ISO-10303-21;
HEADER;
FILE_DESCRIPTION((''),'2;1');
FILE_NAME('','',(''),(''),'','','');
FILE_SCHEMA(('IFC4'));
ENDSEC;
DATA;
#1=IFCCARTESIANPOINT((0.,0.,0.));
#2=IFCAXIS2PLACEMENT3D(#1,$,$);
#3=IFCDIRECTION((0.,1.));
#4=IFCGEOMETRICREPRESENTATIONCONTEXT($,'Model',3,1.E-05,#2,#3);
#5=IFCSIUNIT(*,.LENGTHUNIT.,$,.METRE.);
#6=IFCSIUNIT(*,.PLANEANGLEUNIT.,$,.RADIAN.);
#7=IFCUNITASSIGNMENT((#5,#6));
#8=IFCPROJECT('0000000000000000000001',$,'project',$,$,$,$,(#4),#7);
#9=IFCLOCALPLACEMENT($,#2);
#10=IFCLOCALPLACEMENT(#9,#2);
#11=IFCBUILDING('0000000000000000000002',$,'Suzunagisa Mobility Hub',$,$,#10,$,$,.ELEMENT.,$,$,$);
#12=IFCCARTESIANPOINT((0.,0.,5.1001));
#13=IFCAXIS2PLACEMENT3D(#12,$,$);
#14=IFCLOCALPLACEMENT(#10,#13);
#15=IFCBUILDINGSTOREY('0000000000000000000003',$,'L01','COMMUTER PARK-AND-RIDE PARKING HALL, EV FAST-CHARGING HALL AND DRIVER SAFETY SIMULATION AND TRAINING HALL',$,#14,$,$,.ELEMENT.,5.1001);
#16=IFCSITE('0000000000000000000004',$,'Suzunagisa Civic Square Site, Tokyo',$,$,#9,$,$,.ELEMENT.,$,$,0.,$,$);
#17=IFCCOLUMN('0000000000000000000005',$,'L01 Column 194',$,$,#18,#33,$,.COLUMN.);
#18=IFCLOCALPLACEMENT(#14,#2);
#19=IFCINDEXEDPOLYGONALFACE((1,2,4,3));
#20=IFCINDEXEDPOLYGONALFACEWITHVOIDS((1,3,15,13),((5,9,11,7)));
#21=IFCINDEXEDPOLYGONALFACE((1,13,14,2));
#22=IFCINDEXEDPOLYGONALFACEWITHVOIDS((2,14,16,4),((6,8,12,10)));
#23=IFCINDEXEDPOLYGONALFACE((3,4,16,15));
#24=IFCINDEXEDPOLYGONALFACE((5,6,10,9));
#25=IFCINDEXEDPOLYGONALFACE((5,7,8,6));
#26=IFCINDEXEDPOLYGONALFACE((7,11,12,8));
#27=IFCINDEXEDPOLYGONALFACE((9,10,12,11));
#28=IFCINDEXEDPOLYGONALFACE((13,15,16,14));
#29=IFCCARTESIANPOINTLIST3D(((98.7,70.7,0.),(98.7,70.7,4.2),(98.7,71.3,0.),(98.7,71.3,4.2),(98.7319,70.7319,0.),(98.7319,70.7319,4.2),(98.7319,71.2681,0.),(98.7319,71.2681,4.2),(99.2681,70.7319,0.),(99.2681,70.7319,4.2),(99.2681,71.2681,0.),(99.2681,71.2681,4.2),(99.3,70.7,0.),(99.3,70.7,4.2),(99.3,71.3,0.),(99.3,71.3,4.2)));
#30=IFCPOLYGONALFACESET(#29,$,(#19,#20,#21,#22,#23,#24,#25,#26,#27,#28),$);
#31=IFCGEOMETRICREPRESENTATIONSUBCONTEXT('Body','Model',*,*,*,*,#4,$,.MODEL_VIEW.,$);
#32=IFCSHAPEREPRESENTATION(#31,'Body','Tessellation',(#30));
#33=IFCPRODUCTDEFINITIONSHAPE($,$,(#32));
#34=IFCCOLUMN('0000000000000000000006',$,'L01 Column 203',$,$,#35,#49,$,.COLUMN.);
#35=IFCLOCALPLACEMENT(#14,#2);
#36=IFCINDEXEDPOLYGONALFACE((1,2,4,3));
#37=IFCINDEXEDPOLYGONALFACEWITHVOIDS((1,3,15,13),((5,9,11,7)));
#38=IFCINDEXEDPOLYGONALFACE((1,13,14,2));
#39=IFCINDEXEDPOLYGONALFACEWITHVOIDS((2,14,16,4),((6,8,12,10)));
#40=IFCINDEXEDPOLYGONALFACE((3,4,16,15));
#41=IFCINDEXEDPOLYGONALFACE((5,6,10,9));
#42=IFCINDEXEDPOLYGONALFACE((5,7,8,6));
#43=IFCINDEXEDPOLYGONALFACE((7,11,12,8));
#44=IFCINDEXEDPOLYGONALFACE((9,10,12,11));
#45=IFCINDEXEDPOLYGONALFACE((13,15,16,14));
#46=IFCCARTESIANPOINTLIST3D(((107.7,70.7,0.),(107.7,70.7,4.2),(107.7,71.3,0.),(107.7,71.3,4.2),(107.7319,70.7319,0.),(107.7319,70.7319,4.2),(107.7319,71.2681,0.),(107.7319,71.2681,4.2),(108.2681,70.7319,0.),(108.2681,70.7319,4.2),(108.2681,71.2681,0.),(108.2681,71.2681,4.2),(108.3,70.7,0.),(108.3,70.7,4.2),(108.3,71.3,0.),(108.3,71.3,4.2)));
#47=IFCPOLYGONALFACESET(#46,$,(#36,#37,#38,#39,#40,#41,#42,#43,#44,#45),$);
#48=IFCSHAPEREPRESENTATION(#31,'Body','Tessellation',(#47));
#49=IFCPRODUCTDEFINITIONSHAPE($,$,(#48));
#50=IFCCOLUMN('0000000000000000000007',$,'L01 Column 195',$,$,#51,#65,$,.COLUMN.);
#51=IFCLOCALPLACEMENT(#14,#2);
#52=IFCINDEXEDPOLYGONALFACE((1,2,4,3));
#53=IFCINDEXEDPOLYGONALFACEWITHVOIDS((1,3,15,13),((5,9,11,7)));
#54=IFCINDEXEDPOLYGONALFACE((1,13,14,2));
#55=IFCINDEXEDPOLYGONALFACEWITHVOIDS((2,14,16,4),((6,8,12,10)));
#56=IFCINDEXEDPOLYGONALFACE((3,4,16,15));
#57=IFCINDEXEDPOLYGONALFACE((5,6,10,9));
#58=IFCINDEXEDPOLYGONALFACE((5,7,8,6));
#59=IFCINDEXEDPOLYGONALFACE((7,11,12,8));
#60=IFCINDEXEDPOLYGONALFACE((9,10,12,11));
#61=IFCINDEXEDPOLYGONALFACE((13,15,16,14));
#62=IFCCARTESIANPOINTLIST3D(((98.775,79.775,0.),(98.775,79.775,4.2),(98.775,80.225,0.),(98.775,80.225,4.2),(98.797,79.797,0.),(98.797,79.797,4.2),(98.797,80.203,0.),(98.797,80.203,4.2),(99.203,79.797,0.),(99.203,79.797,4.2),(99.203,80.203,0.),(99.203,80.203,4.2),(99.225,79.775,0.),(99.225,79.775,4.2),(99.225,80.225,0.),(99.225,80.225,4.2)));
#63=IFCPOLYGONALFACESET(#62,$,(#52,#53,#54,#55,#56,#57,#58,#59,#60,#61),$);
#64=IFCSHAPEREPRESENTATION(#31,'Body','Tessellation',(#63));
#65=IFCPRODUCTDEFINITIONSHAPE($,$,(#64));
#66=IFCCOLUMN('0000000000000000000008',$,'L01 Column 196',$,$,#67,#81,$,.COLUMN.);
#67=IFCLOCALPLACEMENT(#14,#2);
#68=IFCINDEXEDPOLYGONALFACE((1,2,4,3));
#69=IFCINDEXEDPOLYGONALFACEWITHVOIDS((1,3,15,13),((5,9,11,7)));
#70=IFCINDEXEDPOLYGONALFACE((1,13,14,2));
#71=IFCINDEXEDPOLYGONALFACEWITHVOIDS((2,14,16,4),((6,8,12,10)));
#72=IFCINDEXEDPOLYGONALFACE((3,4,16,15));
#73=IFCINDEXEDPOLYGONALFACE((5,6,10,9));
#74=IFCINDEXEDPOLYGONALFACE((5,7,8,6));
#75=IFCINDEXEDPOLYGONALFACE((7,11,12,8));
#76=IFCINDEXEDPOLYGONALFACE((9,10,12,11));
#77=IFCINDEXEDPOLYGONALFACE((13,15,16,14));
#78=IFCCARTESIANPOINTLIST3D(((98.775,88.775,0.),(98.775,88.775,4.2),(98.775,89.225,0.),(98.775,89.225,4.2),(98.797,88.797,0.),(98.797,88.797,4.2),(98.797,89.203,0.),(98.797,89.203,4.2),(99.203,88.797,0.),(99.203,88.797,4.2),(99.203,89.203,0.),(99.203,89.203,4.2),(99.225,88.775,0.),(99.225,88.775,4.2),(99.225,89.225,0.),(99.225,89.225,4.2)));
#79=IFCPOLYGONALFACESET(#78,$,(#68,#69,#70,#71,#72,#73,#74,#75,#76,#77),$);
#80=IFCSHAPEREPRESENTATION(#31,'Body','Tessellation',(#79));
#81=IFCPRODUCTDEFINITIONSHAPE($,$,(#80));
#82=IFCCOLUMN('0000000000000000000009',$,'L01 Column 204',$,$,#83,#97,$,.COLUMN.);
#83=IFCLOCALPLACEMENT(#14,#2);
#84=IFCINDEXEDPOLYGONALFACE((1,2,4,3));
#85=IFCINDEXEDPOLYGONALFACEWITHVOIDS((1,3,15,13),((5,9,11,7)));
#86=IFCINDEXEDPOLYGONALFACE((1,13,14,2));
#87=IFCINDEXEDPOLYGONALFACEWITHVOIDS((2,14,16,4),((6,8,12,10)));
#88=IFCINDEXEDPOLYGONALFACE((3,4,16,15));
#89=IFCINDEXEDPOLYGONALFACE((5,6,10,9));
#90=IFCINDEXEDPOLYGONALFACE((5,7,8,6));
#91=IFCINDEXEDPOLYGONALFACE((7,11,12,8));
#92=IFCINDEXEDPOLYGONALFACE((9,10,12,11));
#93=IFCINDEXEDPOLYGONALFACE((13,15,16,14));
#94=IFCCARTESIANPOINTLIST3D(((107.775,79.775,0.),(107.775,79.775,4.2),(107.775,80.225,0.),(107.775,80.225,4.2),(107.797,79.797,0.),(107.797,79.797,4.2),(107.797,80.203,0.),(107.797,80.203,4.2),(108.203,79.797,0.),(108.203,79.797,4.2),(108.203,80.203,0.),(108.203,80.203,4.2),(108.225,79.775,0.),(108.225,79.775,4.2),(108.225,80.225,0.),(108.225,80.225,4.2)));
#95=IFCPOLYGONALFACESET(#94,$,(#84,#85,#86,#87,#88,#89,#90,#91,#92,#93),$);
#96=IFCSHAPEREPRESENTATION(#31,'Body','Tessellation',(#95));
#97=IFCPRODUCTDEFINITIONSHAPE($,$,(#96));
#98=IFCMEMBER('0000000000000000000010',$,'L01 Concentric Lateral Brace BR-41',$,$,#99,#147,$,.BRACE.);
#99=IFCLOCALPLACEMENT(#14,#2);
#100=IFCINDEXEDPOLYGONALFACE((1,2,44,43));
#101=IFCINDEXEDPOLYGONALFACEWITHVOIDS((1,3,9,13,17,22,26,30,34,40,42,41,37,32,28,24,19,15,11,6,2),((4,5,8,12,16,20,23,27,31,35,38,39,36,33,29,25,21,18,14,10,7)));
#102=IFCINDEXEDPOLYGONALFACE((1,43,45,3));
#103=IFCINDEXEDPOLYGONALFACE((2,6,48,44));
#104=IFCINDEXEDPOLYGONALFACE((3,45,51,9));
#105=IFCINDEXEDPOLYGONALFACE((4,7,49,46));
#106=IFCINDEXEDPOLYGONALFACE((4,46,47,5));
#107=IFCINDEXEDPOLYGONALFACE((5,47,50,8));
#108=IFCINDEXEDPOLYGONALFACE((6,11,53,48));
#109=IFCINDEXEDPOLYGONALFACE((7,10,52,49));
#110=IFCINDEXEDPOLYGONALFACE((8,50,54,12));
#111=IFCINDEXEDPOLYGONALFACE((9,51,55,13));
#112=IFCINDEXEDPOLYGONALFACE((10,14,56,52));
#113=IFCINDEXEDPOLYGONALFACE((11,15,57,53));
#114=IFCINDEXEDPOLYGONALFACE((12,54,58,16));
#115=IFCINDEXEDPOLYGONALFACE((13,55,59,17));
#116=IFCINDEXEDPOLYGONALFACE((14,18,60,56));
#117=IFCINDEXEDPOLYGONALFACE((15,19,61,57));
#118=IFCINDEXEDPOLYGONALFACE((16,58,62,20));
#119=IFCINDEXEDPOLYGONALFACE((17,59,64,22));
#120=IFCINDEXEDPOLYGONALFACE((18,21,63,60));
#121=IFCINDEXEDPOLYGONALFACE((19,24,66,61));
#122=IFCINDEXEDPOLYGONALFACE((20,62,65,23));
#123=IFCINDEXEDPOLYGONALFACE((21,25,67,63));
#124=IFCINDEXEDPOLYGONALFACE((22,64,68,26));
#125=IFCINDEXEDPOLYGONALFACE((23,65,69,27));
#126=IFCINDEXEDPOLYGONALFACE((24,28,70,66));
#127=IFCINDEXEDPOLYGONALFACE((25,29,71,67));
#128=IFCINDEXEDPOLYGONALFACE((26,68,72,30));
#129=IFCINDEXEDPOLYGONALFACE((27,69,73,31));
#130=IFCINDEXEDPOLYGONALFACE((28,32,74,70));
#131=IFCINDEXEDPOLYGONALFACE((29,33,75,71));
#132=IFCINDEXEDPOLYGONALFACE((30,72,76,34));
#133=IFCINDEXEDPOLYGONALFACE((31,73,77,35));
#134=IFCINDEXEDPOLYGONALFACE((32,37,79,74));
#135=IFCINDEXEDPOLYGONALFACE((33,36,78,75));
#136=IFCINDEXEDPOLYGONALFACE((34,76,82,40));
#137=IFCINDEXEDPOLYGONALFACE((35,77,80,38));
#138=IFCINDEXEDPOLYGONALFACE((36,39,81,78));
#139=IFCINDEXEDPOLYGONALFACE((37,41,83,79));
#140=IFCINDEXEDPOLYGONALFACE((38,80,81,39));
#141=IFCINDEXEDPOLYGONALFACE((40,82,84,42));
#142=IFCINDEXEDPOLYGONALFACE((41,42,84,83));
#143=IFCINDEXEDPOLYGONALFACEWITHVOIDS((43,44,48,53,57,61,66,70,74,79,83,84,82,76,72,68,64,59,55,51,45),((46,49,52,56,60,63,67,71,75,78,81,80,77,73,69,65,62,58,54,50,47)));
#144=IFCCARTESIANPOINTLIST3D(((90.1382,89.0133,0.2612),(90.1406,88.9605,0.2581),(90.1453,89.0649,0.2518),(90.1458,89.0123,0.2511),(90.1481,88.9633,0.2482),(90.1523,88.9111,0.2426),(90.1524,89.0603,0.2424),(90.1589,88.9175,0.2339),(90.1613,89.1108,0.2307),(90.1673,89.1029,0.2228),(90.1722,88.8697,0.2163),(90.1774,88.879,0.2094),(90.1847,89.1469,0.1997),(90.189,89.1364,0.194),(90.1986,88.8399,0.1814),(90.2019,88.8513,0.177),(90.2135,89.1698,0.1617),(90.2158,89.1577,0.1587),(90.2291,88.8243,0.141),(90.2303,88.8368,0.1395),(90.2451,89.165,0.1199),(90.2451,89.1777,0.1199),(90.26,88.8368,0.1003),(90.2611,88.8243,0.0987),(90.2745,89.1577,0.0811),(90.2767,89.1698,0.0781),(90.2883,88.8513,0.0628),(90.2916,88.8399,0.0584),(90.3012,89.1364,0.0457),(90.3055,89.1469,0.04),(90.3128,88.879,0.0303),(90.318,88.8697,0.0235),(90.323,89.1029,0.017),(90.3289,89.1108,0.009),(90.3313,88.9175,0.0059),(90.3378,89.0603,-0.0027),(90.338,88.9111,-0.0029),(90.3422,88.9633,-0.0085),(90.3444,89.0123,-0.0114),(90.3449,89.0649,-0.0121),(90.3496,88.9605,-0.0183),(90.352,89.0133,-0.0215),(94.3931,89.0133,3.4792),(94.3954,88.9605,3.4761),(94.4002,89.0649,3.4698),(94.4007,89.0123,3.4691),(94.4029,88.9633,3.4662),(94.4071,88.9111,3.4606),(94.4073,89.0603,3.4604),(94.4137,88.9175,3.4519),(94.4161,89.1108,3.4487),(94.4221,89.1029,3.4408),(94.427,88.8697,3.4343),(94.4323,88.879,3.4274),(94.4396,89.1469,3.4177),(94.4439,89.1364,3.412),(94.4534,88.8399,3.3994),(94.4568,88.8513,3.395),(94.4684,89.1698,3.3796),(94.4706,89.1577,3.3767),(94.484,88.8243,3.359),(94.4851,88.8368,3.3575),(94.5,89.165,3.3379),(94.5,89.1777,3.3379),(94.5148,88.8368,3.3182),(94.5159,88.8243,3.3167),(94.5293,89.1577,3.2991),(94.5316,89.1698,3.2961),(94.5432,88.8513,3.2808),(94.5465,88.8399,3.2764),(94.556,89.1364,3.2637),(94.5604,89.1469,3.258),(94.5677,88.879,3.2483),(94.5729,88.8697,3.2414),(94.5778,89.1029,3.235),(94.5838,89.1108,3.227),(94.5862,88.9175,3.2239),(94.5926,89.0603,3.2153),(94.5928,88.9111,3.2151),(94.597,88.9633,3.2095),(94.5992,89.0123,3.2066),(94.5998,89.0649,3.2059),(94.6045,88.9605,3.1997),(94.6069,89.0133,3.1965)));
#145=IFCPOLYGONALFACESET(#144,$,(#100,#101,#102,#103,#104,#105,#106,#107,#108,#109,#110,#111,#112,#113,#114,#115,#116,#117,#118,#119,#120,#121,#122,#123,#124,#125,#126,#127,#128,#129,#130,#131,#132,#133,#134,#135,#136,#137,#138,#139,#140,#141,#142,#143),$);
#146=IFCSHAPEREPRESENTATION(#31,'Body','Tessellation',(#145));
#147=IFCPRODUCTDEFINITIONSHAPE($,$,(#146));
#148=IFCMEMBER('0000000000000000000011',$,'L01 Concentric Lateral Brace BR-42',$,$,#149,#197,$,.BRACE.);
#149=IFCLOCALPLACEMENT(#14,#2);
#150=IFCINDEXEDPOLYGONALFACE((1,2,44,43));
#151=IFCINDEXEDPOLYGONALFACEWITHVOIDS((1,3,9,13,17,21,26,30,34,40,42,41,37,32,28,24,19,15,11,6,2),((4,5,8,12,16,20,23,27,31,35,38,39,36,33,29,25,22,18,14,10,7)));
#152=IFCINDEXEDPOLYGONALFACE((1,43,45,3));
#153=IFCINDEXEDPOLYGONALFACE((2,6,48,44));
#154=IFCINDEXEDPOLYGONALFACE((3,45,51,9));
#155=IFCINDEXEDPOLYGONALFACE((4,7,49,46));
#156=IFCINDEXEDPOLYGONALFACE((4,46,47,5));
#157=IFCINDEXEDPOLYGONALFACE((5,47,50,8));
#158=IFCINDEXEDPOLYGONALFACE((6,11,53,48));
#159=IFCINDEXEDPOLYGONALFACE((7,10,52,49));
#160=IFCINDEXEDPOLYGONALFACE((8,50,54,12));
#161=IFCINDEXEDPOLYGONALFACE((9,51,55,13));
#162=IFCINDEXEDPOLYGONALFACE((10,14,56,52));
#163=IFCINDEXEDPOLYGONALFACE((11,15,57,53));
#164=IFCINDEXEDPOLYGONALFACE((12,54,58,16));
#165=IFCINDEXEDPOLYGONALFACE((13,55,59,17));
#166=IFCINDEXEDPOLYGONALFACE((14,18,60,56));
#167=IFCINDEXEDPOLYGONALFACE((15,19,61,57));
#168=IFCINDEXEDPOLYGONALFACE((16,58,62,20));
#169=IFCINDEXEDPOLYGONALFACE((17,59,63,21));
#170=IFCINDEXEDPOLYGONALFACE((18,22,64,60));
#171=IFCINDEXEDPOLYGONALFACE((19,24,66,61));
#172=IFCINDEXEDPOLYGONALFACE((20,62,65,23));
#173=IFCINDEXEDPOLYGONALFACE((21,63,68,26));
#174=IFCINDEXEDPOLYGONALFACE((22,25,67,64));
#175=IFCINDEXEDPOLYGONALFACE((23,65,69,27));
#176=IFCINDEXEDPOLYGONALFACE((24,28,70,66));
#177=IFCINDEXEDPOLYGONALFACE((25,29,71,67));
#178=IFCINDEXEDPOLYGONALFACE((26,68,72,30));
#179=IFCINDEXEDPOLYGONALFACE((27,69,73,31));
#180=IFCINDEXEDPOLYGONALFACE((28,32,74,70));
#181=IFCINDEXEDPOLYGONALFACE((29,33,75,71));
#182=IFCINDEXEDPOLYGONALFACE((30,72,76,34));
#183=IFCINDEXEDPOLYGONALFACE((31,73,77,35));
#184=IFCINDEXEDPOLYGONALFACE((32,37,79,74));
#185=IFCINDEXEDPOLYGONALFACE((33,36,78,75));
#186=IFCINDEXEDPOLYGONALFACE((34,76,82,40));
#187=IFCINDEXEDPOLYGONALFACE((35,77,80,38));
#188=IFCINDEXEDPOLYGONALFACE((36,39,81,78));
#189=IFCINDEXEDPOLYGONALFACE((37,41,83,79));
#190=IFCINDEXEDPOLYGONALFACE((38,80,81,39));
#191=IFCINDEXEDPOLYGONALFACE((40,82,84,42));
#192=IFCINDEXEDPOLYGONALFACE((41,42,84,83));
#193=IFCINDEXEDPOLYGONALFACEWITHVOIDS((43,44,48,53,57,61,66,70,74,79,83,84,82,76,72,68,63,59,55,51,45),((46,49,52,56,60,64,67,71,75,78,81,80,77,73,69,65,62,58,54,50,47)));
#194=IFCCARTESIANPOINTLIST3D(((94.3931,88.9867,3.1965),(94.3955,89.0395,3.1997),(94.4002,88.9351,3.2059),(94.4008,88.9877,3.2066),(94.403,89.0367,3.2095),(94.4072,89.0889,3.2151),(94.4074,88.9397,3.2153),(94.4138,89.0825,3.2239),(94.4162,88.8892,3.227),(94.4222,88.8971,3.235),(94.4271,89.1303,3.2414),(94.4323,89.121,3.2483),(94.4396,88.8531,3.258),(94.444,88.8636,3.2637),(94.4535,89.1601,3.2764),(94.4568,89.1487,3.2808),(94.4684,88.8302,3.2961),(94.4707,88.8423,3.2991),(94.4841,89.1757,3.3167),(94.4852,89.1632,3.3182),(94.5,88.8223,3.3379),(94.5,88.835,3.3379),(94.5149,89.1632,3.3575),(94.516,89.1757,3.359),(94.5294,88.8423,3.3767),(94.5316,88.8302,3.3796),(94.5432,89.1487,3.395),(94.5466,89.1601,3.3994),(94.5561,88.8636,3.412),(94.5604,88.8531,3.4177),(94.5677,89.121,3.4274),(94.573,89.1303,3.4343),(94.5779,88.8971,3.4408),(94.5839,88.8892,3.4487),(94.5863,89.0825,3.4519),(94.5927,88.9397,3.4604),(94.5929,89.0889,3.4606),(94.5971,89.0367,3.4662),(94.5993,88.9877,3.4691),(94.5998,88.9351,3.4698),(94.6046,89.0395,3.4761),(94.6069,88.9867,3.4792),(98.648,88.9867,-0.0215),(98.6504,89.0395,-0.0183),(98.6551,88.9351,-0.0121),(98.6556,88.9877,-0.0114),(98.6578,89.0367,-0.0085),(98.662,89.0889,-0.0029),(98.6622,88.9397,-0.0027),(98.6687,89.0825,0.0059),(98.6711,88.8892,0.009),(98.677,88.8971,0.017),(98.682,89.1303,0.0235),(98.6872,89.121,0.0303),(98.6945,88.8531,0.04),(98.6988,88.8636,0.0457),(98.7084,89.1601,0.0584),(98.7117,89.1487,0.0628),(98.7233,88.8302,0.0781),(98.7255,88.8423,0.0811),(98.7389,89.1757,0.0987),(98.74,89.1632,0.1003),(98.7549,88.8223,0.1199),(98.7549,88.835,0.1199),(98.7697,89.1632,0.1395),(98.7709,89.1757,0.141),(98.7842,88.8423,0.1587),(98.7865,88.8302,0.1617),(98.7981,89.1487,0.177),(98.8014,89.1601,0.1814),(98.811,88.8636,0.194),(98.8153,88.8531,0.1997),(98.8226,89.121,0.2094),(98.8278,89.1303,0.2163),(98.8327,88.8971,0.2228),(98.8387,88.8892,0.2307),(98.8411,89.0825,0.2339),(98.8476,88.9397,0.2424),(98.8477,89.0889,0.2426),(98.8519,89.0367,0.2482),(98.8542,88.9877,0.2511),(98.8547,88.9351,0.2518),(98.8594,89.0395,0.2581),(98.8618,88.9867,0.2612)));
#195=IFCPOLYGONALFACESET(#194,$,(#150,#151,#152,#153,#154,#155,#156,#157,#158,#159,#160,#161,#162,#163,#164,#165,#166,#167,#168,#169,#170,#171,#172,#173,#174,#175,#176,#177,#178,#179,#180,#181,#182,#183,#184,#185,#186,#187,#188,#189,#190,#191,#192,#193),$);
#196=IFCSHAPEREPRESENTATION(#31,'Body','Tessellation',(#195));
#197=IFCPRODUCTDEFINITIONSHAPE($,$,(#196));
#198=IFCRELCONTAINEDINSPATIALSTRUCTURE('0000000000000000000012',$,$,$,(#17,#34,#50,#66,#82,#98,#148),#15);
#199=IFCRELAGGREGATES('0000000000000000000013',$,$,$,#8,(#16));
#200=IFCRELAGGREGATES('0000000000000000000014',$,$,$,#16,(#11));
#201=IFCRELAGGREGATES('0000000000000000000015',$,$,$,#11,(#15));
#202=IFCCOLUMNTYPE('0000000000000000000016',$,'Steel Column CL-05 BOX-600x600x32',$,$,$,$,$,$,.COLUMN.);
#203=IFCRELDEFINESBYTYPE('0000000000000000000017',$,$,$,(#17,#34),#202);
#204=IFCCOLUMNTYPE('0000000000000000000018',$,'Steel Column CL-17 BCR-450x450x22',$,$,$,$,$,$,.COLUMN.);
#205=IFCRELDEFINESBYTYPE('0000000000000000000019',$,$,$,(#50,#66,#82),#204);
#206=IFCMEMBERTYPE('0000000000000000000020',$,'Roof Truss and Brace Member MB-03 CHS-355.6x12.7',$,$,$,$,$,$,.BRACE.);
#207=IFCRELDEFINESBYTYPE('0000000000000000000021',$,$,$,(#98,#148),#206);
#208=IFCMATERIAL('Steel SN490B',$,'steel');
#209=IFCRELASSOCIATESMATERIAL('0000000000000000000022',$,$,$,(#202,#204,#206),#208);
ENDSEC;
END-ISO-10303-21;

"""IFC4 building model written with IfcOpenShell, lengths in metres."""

from ifc_helpers import new_model, si_unit, direction, frame, origin, origin_2d, place, context, subcontext, project, spatial, hollow_rectangle, hollow_circle, extrude, material, material_profile, profile_set, type_object, element, save


model = new_model("IFC4")

# Units and contexts
model_context = context("Model", 3, precision=1e-05, world=origin(), true_north=direction((0.0, 1.0)))
body_context = subcontext(model_context, "Body", "Model", "MODEL_VIEW")
ifc_project = project(units=[si_unit("LENGTHUNIT", "METRE"), si_unit("PLANEANGLEUNIT", "RADIAN")], contexts=[model_context])

# Site, building, storey
site_placement = place(None, origin())
site = spatial("IfcSite", under=ifc_project, at=site_placement, Name="Suzunagisa Civic Square Site, Tokyo", CompositionType="ELEMENT", RefElevation=0.0)
building_placement = place(site_placement, origin())
building = spatial("IfcBuilding", under=site, at=building_placement, Name="Suzunagisa Mobility Hub", CompositionType="ELEMENT")
storey_placement = place(building_placement, frame((0.0, 0.0, 5.1001)))
storey = spatial("IfcBuildingStorey", under=building, at=storey_placement, Name="L01", Description="COMMUTER PARK-AND-RIDE PARKING HALL, EV FAST-CHARGING HALL AND DRIVER SAFETY SIMULATION AND TRAINING HALL", CompositionType="ELEMENT", Elevation=5.1001)

# Columns
ifc_material_1 = material(Name="Steel SN490B", Category="steel")
ifc_material_profile_1 = material_profile(ifc_material_1, hollow_rectangle(XDim=0.6001, YDim=0.6001, WallThickness=0.032, at=origin_2d()), Name="BOX-600x600x32")
ifc_profile_set_1 = profile_set([ifc_material_profile_1], Name="Steel SN490B")
column_type_1 = type_object("IfcColumnType", Name="Steel Column CL-05 BOX-600x600x32", PredefinedType="COLUMN", material=ifc_profile_set_1)
for number, where, z_axis, x_axis, name in (
    (1, (99.0, 71.0, 0.0), (0.0, 0.0, 1.0), (1.0, 0.0, 0.0), "L01 Column 194"),
    (2, (108.0, 71.0, 0.0), (0.0, 0.0, 1.0), (1.0, 0.0, 0.0), "L01 Column 203"),
):
    element("IfcColumn", number, at=place(storey_placement, frame(where, z_axis=z_axis, x_axis=x_axis)), inside=storey, type_object=column_type_1, Name=name, PredefinedType="COLUMN", context=body_context, shape_type="SweptSolid", body=[
        extrude(hollow_rectangle(XDim=0.6001, YDim=0.6001, WallThickness=0.032, at=origin_2d()), origin(), (0.0, 0.0, 1.0), 4.2),
    ])
ifc_material_profile_2 = material_profile(ifc_material_1, hollow_rectangle(XDim=0.45, YDim=0.45, WallThickness=0.022, at=origin_2d()), Name="BCR-450x450x22")
ifc_profile_set_2 = profile_set([ifc_material_profile_2], Name="Steel SN490B")
column_type_2 = type_object("IfcColumnType", Name="Steel Column CL-17 BCR-450x450x22", PredefinedType="COLUMN", material=ifc_profile_set_2)
for number, where, z_axis, x_axis, name in (
    (3, (99.0, 80.0, 0.0), (0.0, 0.0, 1.0), (1.0, 0.0, 0.0), "L01 Column 195"),
    (4, (99.0, 89.0, 0.0), (0.0, 0.0, 1.0), (1.0, 0.0, 0.0), "L01 Column 196"),
    (5, (108.0, 80.0, 0.0), (0.0, 0.0, 1.0), (1.0, 0.0, 0.0), "L01 Column 204"),
):
    element("IfcColumn", number, at=place(storey_placement, frame(where, z_axis=z_axis, x_axis=x_axis)), inside=storey, type_object=column_type_2, Name=name, PredefinedType="COLUMN", context=body_context, shape_type="SweptSolid", body=[
        extrude(hollow_rectangle(XDim=0.45, YDim=0.45, WallThickness=0.022, at=origin_2d()), origin(), (0.0, 0.0, 1.0), 4.2),
    ])

# Members
ifc_material_profile_3 = material_profile(ifc_material_1, hollow_circle(Radius=0.1777, WallThickness=0.0127, at=origin_2d()), Name="CHS-355.6x12.7")
ifc_profile_set_3 = profile_set([ifc_material_profile_3], Name="Steel SN490B")
member_type = type_object("IfcMemberType", Name="Roof Truss and Brace Member MB-03 CHS-355.6x12.7", PredefinedType="BRACE", material=ifc_profile_set_3)
for number, where, z_axis, x_axis, name in (
    (6, (90.2451, 89.0, 0.1199), (0.797577, 0.0, 0.603217), (0.0, 1.0, 0.0), "L01 Concentric Lateral Brace BR-41"),
    (7, (98.7549, 89.0, 0.1199), (-0.797577, 0.0, 0.603217), (0.0, -1.0, 0.0), "L01 Concentric Lateral Brace BR-42"),
):
    element("IfcMember", number, at=place(storey_placement, frame(where, z_axis=z_axis, x_axis=x_axis)), inside=storey, type_object=member_type, Name=name, PredefinedType="BRACE", context=body_context, shape_type="SweptSolid", body=[
        extrude(hollow_circle(Radius=0.1777, WallThickness=0.0127, at=origin_2d()), origin(), (0.0, 0.0, 1.0), 5.3347),
    ])

save(model, "model.ifc")
